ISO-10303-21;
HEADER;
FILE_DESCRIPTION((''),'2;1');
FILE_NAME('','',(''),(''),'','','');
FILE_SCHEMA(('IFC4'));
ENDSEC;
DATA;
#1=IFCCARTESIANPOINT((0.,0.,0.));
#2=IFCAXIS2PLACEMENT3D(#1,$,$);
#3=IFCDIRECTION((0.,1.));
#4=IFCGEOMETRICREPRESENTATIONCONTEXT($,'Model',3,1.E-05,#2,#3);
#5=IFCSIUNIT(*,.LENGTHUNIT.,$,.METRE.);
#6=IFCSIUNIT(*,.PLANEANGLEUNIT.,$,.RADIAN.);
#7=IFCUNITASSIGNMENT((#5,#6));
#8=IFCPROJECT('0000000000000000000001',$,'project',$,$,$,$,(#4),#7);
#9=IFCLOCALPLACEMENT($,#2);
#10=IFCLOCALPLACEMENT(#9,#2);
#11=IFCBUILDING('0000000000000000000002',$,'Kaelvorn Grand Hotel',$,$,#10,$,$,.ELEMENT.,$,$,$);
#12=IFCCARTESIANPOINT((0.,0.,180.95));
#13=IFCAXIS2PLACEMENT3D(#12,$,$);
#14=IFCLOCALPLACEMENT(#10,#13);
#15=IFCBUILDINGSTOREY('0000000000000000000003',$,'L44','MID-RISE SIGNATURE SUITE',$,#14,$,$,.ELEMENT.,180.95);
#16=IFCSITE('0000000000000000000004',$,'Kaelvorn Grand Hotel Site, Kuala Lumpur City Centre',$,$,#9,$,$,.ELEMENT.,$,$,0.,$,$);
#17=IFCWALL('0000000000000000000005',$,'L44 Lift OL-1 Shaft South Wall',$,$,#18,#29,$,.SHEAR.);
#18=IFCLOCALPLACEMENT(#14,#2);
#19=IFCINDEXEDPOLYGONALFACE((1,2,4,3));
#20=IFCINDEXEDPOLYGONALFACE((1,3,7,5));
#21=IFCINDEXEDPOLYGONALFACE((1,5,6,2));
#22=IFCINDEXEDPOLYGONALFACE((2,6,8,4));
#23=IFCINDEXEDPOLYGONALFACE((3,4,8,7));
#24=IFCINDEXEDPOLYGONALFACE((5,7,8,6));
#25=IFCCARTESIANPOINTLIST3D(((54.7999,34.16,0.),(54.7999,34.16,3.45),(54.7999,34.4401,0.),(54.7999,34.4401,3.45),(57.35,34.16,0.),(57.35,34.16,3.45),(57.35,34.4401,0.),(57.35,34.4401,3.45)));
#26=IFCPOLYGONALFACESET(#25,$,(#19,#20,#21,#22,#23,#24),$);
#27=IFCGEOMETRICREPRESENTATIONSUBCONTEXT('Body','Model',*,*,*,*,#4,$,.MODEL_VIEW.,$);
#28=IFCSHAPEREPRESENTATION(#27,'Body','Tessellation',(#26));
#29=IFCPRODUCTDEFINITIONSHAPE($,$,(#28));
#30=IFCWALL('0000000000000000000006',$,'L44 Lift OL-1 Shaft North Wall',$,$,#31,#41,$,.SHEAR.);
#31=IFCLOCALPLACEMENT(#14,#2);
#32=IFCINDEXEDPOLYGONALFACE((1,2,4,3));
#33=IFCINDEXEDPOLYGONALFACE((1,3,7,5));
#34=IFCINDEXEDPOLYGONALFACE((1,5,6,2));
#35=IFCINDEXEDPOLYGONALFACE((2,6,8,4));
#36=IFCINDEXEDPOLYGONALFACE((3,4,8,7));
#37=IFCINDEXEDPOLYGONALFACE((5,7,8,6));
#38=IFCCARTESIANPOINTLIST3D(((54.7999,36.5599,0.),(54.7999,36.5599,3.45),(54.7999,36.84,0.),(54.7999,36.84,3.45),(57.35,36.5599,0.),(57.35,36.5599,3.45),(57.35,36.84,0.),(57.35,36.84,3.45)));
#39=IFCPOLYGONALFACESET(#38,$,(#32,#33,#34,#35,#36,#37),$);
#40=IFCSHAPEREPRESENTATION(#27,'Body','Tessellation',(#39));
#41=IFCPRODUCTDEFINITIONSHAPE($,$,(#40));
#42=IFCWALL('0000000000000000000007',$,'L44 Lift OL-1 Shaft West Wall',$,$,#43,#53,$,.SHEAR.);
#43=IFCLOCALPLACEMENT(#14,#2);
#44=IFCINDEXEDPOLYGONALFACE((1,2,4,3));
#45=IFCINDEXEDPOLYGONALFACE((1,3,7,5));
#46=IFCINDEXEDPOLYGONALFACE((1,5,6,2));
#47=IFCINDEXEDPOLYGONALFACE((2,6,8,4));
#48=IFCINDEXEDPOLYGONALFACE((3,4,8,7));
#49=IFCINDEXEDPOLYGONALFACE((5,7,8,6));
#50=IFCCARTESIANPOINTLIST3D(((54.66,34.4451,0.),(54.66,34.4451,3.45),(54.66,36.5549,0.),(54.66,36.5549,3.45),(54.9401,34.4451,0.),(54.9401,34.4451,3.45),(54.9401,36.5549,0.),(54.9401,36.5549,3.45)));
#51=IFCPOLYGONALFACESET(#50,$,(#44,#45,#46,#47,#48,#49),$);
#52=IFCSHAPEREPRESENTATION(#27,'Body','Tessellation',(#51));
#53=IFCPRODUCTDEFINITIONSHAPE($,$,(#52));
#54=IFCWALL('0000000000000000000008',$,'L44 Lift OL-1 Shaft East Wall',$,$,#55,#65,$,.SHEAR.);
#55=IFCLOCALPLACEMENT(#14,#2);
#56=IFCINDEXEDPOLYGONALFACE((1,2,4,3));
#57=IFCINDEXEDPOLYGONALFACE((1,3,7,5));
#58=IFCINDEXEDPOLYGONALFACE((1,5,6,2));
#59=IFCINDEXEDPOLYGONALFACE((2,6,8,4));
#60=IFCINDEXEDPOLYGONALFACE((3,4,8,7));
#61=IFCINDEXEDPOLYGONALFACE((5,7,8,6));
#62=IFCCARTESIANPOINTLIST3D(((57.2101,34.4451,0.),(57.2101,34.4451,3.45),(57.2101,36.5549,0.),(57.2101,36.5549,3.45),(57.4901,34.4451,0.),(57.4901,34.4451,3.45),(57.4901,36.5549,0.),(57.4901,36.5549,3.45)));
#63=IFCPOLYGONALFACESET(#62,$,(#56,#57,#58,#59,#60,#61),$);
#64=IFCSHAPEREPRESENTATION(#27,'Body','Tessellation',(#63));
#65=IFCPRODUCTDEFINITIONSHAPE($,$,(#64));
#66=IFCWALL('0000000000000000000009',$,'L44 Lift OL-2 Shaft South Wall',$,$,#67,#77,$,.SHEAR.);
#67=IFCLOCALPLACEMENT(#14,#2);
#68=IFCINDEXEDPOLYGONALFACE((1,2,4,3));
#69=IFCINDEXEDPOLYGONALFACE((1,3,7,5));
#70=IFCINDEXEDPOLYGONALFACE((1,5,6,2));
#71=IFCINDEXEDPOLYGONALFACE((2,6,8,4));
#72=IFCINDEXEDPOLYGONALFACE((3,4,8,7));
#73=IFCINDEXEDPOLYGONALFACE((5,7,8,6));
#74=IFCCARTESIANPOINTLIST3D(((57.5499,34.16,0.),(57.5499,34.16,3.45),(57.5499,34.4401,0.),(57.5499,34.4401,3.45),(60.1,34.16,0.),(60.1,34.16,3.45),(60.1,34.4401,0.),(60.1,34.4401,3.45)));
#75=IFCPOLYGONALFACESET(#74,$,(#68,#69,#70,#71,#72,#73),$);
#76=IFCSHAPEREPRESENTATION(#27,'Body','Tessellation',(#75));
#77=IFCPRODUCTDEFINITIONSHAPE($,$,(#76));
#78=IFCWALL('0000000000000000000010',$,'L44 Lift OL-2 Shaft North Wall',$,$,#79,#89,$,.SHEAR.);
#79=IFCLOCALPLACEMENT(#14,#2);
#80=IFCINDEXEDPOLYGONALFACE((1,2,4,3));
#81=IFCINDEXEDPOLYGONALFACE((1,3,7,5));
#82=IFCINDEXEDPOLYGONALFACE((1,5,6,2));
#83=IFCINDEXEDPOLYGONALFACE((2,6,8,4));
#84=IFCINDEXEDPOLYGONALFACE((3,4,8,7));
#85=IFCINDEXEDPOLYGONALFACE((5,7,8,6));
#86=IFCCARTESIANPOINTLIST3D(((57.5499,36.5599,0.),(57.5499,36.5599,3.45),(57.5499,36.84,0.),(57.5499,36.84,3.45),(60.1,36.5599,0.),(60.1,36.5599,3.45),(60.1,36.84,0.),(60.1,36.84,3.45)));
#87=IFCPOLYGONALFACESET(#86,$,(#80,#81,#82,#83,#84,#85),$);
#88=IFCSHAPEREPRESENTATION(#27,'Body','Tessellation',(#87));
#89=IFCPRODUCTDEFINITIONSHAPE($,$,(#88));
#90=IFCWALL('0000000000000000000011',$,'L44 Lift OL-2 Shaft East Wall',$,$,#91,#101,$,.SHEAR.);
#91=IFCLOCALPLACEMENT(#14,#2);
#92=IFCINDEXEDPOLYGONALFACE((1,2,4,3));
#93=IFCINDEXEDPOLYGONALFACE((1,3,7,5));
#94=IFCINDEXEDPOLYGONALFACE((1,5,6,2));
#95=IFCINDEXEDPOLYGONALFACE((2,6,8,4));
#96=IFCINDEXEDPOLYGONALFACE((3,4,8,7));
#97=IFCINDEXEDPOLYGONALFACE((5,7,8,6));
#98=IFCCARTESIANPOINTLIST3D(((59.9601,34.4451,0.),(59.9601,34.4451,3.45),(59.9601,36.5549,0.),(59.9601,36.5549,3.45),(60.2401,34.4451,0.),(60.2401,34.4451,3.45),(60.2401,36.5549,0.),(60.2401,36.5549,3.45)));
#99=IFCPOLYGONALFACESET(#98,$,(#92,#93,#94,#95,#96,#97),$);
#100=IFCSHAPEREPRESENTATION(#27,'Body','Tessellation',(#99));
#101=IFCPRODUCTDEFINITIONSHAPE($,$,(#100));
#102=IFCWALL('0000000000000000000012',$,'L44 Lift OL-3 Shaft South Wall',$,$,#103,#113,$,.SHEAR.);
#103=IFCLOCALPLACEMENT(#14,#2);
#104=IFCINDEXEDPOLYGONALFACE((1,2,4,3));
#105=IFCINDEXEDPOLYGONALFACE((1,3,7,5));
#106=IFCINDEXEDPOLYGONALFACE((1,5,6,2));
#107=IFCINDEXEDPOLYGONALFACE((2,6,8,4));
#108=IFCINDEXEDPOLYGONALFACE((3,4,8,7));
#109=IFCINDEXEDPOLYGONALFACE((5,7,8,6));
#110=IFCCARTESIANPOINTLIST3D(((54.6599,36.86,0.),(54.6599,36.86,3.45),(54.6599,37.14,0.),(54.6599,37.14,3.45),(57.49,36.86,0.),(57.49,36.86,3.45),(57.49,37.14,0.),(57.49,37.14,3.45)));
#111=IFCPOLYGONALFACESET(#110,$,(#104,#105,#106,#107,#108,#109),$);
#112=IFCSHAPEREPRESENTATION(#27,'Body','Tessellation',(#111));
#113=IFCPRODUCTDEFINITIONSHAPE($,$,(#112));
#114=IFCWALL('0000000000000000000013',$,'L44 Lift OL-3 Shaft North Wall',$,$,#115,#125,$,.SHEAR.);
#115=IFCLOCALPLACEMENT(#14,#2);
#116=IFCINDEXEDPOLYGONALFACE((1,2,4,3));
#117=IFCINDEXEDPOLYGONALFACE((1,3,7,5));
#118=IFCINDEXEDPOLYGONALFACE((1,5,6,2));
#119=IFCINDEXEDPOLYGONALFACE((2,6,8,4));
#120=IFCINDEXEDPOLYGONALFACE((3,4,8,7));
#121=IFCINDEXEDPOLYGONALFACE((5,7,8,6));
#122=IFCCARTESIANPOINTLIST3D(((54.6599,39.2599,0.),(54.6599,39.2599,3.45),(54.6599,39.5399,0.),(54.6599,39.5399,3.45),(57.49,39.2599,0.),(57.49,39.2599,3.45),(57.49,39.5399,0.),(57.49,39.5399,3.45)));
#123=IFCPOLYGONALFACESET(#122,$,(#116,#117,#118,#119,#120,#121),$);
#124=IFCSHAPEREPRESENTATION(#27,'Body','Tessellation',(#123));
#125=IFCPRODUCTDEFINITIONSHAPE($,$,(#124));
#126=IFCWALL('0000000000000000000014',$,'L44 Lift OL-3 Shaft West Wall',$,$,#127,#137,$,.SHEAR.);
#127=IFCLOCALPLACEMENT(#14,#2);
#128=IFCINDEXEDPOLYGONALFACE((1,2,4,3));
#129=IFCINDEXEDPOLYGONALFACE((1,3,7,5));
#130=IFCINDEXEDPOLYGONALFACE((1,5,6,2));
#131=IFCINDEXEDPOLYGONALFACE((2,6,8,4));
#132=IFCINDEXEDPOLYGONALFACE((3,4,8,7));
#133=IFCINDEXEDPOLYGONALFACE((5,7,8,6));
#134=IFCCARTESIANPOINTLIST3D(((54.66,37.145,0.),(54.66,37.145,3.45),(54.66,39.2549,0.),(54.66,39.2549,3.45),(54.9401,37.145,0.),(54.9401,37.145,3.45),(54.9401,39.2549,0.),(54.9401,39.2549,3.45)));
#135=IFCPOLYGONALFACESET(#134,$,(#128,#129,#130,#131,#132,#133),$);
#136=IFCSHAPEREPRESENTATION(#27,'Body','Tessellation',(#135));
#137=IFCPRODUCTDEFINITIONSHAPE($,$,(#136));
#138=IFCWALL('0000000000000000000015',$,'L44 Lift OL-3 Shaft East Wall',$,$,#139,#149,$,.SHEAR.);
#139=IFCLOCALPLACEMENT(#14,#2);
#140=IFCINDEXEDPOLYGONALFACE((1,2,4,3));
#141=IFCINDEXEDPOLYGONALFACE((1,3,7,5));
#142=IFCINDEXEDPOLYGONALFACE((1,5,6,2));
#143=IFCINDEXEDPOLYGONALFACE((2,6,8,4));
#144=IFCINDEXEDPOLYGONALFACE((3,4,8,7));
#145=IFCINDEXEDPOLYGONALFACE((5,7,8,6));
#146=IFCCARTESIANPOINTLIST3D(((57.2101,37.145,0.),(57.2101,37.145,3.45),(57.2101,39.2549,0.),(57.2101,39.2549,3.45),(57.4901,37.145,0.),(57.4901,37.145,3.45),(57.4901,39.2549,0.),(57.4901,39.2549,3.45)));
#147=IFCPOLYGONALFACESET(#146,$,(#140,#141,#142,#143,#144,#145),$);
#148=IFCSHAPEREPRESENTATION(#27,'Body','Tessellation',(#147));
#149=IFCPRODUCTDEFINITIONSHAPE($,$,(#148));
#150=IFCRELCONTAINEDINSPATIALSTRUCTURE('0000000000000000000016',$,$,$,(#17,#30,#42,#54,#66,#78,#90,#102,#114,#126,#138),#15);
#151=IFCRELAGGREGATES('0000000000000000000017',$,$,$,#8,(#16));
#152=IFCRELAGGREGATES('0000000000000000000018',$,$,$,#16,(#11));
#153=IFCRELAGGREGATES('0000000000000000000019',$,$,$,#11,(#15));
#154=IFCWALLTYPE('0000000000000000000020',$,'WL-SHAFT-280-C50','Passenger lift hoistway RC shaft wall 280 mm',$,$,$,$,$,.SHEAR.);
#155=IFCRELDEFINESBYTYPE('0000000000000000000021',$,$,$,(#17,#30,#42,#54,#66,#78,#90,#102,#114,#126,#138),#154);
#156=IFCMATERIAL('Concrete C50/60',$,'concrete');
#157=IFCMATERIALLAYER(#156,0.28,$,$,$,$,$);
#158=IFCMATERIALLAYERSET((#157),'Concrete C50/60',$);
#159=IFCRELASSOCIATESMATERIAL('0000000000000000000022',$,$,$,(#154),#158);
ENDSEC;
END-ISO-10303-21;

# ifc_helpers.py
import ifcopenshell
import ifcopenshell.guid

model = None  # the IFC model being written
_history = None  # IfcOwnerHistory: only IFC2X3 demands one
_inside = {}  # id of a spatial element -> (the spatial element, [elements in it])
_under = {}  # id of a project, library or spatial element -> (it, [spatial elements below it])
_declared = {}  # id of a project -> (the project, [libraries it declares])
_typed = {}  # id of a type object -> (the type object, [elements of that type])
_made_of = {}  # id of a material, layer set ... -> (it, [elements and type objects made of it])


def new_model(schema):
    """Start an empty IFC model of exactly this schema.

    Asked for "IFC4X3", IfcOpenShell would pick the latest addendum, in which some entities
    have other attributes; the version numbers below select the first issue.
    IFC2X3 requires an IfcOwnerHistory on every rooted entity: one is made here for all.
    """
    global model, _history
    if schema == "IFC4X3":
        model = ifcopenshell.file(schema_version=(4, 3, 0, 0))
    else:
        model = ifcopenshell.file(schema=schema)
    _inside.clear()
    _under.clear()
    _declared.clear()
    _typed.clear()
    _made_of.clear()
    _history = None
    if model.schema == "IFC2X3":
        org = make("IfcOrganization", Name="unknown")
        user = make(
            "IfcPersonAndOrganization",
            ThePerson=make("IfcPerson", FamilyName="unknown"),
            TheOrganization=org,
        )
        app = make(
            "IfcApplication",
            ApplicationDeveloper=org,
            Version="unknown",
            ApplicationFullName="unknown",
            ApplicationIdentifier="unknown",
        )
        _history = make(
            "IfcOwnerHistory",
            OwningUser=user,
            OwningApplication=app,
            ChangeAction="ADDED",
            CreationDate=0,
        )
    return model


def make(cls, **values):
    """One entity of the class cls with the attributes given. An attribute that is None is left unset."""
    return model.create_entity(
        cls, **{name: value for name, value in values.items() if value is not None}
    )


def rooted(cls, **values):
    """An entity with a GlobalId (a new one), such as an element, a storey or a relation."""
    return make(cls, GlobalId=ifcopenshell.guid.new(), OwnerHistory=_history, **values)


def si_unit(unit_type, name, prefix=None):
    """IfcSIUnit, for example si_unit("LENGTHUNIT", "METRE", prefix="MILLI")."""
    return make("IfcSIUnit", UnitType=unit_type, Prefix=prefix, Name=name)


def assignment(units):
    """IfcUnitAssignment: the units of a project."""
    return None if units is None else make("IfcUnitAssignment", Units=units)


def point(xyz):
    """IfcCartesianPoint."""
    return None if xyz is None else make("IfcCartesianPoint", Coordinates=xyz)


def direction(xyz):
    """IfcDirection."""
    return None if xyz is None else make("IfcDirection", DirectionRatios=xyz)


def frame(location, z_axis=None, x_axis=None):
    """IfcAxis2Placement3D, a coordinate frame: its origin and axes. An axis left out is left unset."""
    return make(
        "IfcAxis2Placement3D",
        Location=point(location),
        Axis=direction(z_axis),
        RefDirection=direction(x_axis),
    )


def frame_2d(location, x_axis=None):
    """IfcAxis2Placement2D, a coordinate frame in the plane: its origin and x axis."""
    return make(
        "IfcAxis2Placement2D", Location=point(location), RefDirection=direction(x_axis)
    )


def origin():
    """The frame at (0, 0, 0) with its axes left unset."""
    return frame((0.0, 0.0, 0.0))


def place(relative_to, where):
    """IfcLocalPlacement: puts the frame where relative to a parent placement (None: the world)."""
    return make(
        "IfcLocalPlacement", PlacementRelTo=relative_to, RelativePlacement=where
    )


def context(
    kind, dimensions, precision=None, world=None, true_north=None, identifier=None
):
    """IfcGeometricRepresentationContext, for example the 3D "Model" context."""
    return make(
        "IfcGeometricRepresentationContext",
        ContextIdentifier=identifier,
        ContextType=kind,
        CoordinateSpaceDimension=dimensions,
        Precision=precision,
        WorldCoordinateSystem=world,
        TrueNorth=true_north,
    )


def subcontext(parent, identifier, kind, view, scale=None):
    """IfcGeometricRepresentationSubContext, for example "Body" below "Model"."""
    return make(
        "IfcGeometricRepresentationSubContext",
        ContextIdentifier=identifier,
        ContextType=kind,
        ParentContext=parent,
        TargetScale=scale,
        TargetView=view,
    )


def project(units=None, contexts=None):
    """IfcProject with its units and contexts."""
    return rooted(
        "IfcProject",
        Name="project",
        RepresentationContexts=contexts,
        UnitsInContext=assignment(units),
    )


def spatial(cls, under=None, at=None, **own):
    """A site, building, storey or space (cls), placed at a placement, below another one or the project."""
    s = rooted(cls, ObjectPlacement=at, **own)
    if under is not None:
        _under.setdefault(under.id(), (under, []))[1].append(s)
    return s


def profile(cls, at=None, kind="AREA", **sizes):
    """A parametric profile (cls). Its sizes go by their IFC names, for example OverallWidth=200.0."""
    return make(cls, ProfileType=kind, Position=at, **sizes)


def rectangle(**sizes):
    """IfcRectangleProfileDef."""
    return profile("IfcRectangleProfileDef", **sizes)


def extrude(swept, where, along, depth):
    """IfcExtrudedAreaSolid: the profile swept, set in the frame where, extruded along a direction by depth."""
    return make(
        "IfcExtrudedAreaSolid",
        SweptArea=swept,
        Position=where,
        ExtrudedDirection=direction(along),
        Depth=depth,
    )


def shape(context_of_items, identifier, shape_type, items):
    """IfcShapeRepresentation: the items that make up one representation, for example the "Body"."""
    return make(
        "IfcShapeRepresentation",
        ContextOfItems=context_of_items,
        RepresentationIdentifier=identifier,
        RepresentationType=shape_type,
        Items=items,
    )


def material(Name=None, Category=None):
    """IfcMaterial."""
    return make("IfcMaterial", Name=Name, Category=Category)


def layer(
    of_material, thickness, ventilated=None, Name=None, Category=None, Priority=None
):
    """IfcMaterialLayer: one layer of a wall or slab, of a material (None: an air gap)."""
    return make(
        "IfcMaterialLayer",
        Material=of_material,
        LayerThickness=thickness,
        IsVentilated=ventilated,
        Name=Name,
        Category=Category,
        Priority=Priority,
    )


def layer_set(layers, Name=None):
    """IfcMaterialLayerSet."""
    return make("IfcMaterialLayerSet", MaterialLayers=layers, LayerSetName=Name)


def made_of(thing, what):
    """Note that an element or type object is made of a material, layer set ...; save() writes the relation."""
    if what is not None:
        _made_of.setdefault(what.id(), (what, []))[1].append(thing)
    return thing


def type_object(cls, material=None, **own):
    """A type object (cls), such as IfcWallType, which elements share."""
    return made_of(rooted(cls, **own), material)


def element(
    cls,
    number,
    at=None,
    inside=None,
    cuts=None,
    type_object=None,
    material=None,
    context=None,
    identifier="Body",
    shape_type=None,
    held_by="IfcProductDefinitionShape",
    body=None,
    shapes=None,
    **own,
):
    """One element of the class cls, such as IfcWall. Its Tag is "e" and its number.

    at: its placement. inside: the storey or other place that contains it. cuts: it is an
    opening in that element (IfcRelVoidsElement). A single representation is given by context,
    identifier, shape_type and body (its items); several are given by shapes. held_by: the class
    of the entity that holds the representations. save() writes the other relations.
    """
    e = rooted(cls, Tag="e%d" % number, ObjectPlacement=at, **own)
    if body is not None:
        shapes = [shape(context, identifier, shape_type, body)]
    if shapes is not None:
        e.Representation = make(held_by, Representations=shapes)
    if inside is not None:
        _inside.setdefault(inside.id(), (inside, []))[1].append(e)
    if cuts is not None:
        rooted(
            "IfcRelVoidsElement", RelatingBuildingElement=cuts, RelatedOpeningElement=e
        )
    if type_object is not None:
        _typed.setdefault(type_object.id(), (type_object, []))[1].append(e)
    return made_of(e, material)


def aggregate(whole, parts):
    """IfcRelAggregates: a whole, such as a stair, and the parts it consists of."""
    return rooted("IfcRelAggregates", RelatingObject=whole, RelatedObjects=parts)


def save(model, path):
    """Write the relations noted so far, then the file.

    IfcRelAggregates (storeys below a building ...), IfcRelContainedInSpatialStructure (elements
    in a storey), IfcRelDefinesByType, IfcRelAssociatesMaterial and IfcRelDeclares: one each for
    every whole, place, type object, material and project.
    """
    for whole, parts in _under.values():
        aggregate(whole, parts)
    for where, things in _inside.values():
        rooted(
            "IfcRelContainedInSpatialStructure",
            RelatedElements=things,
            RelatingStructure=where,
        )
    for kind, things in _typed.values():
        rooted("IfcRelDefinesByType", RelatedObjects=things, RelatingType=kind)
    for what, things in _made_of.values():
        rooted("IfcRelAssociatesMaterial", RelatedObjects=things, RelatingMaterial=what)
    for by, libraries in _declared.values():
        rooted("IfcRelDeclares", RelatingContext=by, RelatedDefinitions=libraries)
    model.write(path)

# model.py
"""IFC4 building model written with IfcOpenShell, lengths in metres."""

from ifc_helpers import new_model, si_unit, direction, frame, frame_2d, origin, place, context, subcontext, project, spatial, rectangle, extrude, material, layer, layer_set, type_object, element, save


model = new_model("IFC4")

# Units and contexts
model_context = context("Model", 3, precision=1e-05, world=origin(), true_north=direction((0.0, 1.0)))
body_context = subcontext(model_context, "Body", "Model", "MODEL_VIEW")
ifc_project = project(units=[si_unit("LENGTHUNIT", "METRE"), si_unit("PLANEANGLEUNIT", "RADIAN")], contexts=[model_context])

# Site, building, storey
site_placement = place(None, origin())
site = spatial("IfcSite", under=ifc_project, at=site_placement, Name="Kaelvorn Grand Hotel Site, Kuala Lumpur City Centre", CompositionType="ELEMENT", RefElevation=0.0)
building_placement = place(site_placement, origin())
building = spatial("IfcBuilding", under=site, at=building_placement, Name="Kaelvorn Grand Hotel", CompositionType="ELEMENT")
storey_placement = place(building_placement, frame((0.0, 0.0, 180.95)))
storey = spatial("IfcBuildingStorey", under=building, at=storey_placement, Name="L44", Description="MID-RISE SIGNATURE SUITE", CompositionType="ELEMENT", Elevation=180.95)

# Shared definitions
ifc_material_1 = material(Name="Concrete C50/60", Category="concrete")

# Shared definitions
ifc_layer_1 = layer(ifc_material_1, 0.28)
ifc_layer_set_1 = layer_set([ifc_layer_1], Name="Concrete C50/60")
wall_type_1 = type_object("IfcWallType", Name="WL-SHAFT-280-C50", Description="Passenger lift hoistway RC shaft wall 280 mm", PredefinedType="SHEAR", material=ifc_layer_set_1)

# Walls
for number, where, z_axis, x_axis, name in (
    (1, (54.8, 34.3, 0.0), (0.0, 0.0, 1.0), (1.0, 0.0, 0.0), "L44 Lift OL-1 Shaft South Wall"),
    (2, (54.8, 36.7, 0.0), (0.0, 0.0, 1.0), (1.0, 0.0, 0.0), "L44 Lift OL-1 Shaft North Wall"),
):
    element("IfcWall", number, at=place(storey_placement, frame(where, z_axis=z_axis, x_axis=x_axis)), inside=storey, type_object=wall_type_1, Name=name, PredefinedType="SHEAR", context=body_context, shape_type="SweptSolid", body=[
        extrude(rectangle(XDim=2.55, YDim=0.28, at=frame_2d((1.2749, 0.0))), origin(), (0.0, 0.0, 1.0), 3.45),
    ])
for number, where, z_axis, x_axis, name in (
    (3, (54.8, 34.4451, 0.0), (0.0, 0.0, 1.0), (0.0, 1.0, 0.0), "L44 Lift OL-1 Shaft West Wall"),
    (4, (57.3501, 34.4451, 0.0), (0.0, 0.0, 1.0), (0.0, 1.0, 0.0), "L44 Lift OL-1 Shaft East Wall"),
):
    element("IfcWall", number, at=place(storey_placement, frame(where, z_axis=z_axis, x_axis=x_axis)), inside=storey, type_object=wall_type_1, Name=name, PredefinedType="SHEAR", context=body_context, shape_type="SweptSolid", body=[
        extrude(rectangle(XDim=2.1099, YDim=0.28, at=frame_2d((1.0549, 0.0))), origin(), (0.0, 0.0, 1.0), 3.45),
    ])
for number, where, z_axis, x_axis, name in (
    (5, (57.55, 34.3, 0.0), (0.0, 0.0, 1.0), (1.0, 0.0, 0.0), "L44 Lift OL-2 Shaft South Wall"),
    (6, (57.55, 36.7, 0.0), (0.0, 0.0, 1.0), (1.0, 0.0, 0.0), "L44 Lift OL-2 Shaft North Wall"),
):
    element("IfcWall", number, at=place(storey_placement, frame(where, z_axis=z_axis, x_axis=x_axis)), inside=storey, type_object=wall_type_1, Name=name, PredefinedType="SHEAR", context=body_context, shape_type="SweptSolid", body=[
        extrude(rectangle(XDim=2.55, YDim=0.28, at=frame_2d((1.2749, 0.0))), origin(), (0.0, 0.0, 1.0), 3.45),
    ])
wall_1_placement = place(storey_placement, frame((60.1001, 34.4451, 0.0), z_axis=(0.0, 0.0, 1.0), x_axis=(0.0, 1.0, 0.0)))
element("IfcWall", 7, at=wall_1_placement, inside=storey, type_object=wall_type_1, Name="L44 Lift OL-2 Shaft East Wall", PredefinedType="SHEAR", context=body_context, shape_type="SweptSolid", body=[
    extrude(rectangle(XDim=2.1099, YDim=0.28, at=frame_2d((1.0549, 0.0))), origin(), (0.0, 0.0, 1.0), 3.45),
])
for number, where, z_axis, x_axis, name in (
    (8, (54.6599, 37.0, 0.0), (0.0, 0.0, 1.0), (1.0, 0.0, 0.0), "L44 Lift OL-3 Shaft South Wall"),
    (9, (54.6599, 39.3999, 0.0), (0.0, 0.0, 1.0), (1.0, 0.0, 0.0), "L44 Lift OL-3 Shaft North Wall"),
):
    element("IfcWall", number, at=place(storey_placement, frame(where, z_axis=z_axis, x_axis=x_axis)), inside=storey, type_object=wall_type_1, Name=name, PredefinedType="SHEAR", context=body_context, shape_type="SweptSolid", body=[
        extrude(rectangle(XDim=2.8301, YDim=0.28, at=frame_2d((1.415, 0.0))), origin(), (0.0, 0.0, 1.0), 3.45),
    ])
for number, where, z_axis, x_axis, name in (
    (10, (54.8, 37.145, 0.0), (0.0, 0.0, 1.0), (0.0, 1.0, 0.0), "L44 Lift OL-3 Shaft West Wall"),
    (11, (57.3501, 37.145, 0.0), (0.0, 0.0, 1.0), (0.0, 1.0, 0.0), "L44 Lift OL-3 Shaft East Wall"),
):
    element("IfcWall", number, at=place(storey_placement, frame(where, z_axis=z_axis, x_axis=x_axis)), inside=storey, type_object=wall_type_1, Name=name, PredefinedType="SHEAR", context=body_context, shape_type="SweptSolid", body=[
        extrude(rectangle(XDim=2.1099, YDim=0.28, at=frame_2d((1.0549, 0.0))), origin(), (0.0, 0.0, 1.0), 3.45),
    ])

save(model, "model.ifc")
